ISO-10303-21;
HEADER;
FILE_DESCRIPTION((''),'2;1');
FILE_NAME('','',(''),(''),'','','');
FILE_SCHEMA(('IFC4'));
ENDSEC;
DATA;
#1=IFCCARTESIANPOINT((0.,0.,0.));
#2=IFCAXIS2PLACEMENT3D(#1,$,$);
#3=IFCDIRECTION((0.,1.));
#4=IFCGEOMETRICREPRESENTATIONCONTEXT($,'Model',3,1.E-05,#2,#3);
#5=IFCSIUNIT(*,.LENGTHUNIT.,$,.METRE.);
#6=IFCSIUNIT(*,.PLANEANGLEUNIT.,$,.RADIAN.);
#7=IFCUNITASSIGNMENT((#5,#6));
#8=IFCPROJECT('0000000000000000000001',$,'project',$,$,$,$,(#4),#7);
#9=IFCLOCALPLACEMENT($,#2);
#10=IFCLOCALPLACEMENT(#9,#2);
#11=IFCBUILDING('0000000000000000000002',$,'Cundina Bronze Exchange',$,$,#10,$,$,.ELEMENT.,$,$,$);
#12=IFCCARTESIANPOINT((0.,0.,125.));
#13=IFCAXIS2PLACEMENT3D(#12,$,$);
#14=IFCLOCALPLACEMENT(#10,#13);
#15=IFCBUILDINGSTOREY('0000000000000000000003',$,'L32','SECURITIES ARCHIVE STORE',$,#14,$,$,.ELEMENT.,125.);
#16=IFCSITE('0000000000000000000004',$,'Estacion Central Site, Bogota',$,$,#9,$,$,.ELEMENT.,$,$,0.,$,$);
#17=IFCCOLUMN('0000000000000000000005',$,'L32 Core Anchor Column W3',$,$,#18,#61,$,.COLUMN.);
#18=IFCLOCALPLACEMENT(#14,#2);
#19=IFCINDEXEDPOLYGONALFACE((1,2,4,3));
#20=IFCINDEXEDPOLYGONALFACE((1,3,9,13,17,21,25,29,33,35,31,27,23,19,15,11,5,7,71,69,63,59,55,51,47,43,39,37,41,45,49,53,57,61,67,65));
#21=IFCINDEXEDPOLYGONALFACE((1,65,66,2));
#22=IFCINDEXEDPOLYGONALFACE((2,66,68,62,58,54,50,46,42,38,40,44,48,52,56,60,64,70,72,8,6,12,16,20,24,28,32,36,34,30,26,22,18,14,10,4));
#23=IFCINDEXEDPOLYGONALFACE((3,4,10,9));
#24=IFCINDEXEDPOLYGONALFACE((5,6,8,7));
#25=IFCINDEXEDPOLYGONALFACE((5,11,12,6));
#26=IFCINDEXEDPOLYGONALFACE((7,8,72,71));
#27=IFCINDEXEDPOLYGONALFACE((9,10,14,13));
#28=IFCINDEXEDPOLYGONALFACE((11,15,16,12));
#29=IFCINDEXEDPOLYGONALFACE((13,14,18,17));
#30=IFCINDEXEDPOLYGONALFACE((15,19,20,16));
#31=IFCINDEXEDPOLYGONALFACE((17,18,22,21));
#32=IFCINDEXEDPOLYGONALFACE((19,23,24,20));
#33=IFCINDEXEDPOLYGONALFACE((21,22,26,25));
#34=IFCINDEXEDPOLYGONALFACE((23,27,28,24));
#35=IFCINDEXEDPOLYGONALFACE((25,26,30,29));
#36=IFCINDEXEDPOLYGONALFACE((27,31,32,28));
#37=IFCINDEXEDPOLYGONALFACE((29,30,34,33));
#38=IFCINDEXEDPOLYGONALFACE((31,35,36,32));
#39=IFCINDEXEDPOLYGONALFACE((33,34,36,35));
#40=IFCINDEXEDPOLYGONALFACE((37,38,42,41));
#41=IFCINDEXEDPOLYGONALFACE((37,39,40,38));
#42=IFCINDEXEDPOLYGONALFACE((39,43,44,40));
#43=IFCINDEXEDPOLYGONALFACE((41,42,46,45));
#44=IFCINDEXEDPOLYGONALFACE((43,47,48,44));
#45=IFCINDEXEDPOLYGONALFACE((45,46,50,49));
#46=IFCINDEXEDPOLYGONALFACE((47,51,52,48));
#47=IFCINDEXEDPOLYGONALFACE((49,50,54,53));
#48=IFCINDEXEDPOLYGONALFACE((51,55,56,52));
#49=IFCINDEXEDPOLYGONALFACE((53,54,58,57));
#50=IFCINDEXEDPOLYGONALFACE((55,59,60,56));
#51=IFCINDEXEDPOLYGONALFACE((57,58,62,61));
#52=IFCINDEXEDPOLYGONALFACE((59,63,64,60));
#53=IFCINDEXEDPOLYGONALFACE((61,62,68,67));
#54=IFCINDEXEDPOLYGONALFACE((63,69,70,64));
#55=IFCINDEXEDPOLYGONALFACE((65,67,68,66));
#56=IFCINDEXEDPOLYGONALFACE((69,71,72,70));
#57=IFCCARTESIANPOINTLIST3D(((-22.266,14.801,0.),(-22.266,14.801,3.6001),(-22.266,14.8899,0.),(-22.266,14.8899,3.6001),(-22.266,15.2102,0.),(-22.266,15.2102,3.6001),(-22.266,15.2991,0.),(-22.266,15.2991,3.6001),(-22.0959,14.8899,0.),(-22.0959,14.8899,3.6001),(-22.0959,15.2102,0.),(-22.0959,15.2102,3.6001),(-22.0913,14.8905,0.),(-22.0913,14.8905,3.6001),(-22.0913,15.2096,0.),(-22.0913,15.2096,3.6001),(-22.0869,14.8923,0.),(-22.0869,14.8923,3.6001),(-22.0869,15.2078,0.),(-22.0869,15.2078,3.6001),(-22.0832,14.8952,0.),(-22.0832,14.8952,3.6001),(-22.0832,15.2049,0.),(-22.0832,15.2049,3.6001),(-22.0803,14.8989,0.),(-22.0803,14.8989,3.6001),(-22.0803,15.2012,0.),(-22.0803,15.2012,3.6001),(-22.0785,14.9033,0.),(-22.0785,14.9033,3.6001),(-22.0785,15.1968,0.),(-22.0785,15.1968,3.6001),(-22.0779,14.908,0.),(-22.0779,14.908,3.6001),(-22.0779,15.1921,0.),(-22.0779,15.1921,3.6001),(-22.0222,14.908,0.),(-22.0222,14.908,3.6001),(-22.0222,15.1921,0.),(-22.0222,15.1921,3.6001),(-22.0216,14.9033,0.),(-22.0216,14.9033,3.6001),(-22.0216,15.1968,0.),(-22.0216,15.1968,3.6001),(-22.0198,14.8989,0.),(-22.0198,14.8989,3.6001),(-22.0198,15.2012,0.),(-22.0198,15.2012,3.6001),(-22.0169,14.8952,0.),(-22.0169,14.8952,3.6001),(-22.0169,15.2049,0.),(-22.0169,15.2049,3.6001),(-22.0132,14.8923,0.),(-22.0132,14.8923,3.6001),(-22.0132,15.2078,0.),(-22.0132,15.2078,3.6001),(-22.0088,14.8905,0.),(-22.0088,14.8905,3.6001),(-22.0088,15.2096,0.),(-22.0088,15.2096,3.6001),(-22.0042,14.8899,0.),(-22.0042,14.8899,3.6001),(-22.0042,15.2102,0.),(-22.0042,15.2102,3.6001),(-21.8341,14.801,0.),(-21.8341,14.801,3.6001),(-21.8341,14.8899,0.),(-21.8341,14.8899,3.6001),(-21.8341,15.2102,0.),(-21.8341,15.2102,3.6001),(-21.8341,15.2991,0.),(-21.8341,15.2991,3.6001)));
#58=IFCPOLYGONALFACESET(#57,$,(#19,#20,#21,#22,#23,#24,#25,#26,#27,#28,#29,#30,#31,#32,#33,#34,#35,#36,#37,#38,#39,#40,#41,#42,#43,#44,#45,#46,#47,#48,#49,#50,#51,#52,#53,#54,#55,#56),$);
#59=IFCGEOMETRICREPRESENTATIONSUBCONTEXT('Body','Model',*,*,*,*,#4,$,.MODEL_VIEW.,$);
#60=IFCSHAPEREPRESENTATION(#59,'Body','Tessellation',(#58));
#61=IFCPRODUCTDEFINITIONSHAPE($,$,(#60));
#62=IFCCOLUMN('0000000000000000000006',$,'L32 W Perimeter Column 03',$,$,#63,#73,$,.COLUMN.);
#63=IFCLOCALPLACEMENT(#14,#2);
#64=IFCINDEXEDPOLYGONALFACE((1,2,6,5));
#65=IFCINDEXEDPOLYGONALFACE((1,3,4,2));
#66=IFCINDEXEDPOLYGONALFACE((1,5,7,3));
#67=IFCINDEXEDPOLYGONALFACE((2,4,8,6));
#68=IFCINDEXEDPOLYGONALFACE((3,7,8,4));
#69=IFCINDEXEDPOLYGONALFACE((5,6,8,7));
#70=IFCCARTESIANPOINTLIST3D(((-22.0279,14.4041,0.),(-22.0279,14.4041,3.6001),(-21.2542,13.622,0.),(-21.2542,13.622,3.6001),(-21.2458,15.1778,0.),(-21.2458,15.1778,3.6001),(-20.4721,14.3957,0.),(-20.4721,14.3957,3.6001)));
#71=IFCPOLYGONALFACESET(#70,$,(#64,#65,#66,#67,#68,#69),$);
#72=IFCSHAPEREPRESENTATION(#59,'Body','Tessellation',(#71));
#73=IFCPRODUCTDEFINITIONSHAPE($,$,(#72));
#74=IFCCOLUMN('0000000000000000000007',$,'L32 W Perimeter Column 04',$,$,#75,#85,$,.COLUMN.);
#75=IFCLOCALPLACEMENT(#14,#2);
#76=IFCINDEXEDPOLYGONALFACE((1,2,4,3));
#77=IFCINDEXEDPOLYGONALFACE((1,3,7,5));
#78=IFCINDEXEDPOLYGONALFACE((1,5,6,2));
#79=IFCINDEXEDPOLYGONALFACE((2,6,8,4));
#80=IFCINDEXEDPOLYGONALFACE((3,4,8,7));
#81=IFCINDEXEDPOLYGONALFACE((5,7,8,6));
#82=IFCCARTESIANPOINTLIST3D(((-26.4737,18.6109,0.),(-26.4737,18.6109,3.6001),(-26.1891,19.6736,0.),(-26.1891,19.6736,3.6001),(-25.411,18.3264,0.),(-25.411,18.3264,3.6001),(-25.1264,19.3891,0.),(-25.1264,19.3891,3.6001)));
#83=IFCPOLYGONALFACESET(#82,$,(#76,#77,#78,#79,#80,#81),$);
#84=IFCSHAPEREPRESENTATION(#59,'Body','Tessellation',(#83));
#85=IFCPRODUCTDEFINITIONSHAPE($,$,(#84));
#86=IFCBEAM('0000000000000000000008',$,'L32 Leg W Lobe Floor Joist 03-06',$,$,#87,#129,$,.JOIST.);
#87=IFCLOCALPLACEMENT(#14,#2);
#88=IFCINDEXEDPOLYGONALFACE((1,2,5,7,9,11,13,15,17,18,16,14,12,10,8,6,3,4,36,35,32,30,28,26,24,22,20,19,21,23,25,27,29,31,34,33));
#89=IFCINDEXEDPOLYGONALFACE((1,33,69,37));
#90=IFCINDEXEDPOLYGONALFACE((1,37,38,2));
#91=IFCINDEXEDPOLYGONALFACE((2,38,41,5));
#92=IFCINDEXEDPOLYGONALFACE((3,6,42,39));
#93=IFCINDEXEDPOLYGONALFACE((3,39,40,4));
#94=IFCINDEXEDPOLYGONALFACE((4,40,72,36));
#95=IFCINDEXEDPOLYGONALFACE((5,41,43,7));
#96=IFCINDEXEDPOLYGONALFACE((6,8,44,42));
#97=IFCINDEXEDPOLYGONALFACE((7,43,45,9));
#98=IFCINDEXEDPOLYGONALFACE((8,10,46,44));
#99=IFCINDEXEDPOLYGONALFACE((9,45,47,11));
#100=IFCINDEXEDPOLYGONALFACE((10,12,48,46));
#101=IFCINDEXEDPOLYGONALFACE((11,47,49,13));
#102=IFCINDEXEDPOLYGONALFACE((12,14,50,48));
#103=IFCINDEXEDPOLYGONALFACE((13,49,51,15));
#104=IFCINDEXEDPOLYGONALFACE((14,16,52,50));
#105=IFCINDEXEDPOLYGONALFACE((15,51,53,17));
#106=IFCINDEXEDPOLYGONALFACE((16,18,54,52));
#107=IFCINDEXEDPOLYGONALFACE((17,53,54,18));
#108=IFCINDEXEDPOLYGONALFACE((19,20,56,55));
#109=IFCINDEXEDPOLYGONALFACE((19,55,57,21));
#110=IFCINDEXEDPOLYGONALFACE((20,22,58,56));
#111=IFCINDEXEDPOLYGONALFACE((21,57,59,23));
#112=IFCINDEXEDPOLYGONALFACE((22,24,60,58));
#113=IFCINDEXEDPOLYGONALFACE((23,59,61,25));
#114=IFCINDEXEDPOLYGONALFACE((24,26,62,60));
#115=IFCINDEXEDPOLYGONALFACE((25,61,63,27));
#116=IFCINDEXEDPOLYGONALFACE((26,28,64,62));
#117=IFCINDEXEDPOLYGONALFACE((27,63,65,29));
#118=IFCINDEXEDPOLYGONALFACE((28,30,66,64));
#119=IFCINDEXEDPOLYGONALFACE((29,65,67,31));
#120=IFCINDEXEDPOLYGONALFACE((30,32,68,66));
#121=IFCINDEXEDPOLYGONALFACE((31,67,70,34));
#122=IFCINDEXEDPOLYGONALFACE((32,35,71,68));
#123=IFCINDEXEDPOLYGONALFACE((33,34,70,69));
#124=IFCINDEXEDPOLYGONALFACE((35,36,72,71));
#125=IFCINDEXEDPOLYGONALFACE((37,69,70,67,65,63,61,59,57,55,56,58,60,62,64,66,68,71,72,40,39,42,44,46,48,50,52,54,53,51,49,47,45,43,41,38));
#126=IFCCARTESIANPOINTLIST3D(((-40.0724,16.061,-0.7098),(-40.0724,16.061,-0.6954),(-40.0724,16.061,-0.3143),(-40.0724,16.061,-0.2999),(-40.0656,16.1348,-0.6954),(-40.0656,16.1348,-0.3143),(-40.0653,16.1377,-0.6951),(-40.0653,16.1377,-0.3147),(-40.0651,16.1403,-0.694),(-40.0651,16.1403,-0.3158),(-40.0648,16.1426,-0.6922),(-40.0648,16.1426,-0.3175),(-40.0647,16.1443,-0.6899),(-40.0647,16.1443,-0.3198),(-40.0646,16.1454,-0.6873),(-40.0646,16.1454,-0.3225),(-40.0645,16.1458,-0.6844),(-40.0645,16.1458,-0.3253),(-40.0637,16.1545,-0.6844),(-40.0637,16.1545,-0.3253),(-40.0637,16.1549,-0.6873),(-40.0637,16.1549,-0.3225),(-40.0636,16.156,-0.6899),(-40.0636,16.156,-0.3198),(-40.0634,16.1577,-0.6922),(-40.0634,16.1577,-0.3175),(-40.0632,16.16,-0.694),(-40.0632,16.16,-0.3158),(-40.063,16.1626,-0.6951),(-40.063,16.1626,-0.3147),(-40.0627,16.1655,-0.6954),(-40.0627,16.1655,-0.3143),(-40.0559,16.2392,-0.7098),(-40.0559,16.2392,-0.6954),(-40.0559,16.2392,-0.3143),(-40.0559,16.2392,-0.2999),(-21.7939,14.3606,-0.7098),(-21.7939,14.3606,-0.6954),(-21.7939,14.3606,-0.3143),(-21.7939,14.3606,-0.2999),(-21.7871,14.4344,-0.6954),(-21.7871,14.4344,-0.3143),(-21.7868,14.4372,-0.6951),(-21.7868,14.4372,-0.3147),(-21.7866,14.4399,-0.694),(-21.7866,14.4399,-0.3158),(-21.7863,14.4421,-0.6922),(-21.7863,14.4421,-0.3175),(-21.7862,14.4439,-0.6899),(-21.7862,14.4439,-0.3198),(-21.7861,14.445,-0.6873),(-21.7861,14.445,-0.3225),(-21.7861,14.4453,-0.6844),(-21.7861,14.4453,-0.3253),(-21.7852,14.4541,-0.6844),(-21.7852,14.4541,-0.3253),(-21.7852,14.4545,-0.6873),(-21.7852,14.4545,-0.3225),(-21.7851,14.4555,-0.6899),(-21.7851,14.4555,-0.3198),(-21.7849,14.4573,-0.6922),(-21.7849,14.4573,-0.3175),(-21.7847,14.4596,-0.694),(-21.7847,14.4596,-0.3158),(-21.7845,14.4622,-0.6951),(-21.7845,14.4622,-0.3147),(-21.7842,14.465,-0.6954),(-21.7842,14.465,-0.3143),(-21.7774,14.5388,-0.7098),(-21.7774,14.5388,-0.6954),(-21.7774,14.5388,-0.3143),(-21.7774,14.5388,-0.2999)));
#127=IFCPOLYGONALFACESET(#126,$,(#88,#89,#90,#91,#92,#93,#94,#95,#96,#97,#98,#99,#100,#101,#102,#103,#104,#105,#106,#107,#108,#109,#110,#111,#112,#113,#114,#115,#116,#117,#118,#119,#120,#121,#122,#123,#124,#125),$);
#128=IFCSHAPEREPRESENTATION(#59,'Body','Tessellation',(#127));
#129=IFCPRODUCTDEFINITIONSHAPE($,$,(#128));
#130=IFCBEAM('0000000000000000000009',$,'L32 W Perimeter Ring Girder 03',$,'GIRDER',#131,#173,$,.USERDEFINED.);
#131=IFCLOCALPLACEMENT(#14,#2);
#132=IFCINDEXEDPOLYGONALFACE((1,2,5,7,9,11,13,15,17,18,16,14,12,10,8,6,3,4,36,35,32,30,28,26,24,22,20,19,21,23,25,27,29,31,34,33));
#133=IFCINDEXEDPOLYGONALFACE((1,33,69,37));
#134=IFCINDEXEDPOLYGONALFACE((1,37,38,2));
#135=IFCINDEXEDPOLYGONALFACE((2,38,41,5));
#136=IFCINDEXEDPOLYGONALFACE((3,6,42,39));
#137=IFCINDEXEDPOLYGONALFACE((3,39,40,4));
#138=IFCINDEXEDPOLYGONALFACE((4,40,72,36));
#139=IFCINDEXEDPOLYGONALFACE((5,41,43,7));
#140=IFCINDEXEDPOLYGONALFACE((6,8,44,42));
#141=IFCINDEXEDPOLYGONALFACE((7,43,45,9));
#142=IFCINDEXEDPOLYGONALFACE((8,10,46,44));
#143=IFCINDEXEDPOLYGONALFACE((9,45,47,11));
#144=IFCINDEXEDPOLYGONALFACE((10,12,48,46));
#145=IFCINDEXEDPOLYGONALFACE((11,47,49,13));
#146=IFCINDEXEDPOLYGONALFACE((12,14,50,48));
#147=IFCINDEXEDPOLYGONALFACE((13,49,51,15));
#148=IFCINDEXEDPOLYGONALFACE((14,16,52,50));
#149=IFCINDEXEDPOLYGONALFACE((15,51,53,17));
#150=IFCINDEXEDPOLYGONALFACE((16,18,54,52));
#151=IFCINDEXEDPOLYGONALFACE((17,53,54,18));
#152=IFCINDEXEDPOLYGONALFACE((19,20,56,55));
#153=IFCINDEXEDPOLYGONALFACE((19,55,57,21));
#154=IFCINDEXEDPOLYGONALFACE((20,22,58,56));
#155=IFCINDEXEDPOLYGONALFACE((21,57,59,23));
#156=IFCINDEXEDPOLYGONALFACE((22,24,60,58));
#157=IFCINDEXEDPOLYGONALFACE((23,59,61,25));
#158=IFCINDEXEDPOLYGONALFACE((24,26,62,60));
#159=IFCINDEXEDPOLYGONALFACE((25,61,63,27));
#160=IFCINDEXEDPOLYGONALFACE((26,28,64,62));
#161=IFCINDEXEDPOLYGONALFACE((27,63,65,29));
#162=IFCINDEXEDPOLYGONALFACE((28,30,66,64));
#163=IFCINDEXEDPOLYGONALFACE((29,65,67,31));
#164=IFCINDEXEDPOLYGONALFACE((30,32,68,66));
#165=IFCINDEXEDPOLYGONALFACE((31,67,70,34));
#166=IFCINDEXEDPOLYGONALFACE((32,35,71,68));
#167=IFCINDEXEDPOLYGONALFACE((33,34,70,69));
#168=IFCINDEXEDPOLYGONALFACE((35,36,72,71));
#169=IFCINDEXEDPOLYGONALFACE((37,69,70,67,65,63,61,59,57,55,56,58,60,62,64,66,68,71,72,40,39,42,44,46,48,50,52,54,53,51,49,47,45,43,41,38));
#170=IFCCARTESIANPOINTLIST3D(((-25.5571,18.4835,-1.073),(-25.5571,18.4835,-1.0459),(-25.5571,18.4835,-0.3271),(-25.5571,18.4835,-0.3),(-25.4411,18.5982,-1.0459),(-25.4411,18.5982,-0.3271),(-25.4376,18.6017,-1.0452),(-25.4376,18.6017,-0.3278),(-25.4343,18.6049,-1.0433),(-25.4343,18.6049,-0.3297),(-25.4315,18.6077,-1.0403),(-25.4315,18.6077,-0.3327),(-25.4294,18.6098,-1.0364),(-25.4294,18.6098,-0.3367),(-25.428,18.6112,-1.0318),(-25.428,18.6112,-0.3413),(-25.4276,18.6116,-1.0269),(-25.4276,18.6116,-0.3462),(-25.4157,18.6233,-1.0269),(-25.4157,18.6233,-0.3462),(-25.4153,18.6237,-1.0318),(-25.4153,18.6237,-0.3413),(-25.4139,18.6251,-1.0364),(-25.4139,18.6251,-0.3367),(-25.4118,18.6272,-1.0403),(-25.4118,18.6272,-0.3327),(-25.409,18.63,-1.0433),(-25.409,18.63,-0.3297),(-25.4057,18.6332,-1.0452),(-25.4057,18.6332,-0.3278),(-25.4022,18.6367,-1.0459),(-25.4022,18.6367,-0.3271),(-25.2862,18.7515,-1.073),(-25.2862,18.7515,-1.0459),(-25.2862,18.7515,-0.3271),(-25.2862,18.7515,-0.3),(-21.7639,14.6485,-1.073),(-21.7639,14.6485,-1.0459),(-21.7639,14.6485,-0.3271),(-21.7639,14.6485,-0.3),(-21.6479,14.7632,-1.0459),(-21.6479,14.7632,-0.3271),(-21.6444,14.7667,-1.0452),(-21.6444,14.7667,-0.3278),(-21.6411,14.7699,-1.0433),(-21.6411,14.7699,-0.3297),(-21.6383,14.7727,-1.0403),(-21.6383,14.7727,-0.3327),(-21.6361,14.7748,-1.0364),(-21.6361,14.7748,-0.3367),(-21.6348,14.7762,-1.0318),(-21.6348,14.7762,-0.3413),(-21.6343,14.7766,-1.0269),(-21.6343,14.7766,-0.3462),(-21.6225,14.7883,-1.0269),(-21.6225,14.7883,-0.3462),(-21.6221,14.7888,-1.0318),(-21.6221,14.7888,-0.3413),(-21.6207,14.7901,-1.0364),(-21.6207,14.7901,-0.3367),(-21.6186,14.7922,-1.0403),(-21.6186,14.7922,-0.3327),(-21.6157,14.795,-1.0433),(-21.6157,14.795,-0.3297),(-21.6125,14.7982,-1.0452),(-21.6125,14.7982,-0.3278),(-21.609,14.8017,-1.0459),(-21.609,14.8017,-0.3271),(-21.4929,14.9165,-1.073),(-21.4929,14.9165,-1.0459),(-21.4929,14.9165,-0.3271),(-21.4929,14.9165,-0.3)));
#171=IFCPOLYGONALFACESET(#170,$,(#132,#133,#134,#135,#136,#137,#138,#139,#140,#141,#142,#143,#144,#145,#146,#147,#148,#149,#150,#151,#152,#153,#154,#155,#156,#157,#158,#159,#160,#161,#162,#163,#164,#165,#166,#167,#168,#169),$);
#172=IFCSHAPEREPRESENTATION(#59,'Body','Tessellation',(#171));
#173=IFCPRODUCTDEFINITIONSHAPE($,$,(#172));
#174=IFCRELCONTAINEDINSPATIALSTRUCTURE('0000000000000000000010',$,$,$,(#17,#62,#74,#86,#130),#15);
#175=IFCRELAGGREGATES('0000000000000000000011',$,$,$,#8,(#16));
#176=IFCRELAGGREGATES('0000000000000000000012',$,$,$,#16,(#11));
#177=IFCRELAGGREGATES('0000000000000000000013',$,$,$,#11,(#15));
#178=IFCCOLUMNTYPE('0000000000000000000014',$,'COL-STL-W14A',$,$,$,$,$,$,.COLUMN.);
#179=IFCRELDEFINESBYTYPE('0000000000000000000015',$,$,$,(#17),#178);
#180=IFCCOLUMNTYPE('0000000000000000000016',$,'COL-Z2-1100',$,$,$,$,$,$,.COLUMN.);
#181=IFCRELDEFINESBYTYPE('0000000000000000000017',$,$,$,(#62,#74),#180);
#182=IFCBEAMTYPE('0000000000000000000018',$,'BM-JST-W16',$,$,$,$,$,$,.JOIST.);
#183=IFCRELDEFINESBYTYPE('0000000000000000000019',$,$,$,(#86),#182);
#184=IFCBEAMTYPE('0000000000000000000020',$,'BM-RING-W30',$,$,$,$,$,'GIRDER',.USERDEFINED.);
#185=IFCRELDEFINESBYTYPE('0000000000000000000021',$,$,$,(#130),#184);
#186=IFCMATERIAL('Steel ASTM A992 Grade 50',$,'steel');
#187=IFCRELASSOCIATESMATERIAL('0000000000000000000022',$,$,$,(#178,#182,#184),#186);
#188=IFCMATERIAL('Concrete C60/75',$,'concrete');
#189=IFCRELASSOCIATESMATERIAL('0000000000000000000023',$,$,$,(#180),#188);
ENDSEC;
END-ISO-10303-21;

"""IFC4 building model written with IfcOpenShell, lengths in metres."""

from ifc_helpers import new_model, si_unit, direction, frame, origin, origin_2d, place, context, subcontext, project, spatial, rectangle, i_section, extrude, material, material_profile, profile_set, type_object, element, save


model = new_model("IFC4")

# Units and contexts
model_context = context("Model", 3, precision=1e-05, world=origin(), true_north=direction((0.0, 1.0)))
body_context = subcontext(model_context, "Body", "Model", "MODEL_VIEW")
ifc_project = project(units=[si_unit("LENGTHUNIT", "METRE"), si_unit("PLANEANGLEUNIT", "RADIAN")], contexts=[model_context])

# Site, building, storey
site_placement = place(None, origin())
site = spatial("IfcSite", under=ifc_project, at=site_placement, Name="Estacion Central Site, Bogota", CompositionType="ELEMENT", RefElevation=0.0)
building_placement = place(site_placement, origin())
building = spatial("IfcBuilding", under=site, at=building_placement, Name="Cundina Bronze Exchange", CompositionType="ELEMENT")
storey_placement = place(building_placement, frame((0.0, 0.0, 125.0)))
storey = spatial("IfcBuildingStorey", under=building, at=storey_placement, Name="L32", Description="SECURITIES ARCHIVE STORE", CompositionType="ELEMENT", Elevation=125.0)

# Columns
ifc_material_1 = material(Name="Steel ASTM A992 Grade 50", Category="steel")
ifc_material_profile_1 = material_profile(ifc_material_1, i_section(OverallWidth=0.4319, OverallDepth=0.498, WebThickness=0.0557, FlangeThickness=0.0889, FilletRadius=0.0181, at=origin_2d()), Name="W14X500", Category="steel")
ifc_profile_set_1 = profile_set([ifc_material_profile_1], Name="Steel ASTM A992 Grade 50")
column_type_1 = type_object("IfcColumnType", Name="COL-STL-W14A", PredefinedType="COLUMN", material=ifc_profile_set_1)
column_placement = place(storey_placement, frame((-22.05, 15.05, 0.0), z_axis=(0.0, 0.0, 1.0), x_axis=(1.0, 0.0, 0.0)))
element("IfcColumn", 1, at=column_placement, inside=storey, type_object=column_type_1, Name="L32 Core Anchor Column W3", PredefinedType="COLUMN", context=body_context, shape_type="SweptSolid", body=[
    extrude(i_section(OverallWidth=0.4319, OverallDepth=0.498, WebThickness=0.0557, FlangeThickness=0.0889, FilletRadius=0.0181, at=origin_2d()), origin(), (0.0, 0.0, 1.0), 3.6001),
])
ifc_material_2 = material(Name="Concrete C60/75", Category="concrete")
ifc_material_profile_2 = material_profile(ifc_material_2, rectangle(XDim=1.1001, YDim=1.1001, at=origin_2d()), Name="RC1100X1100", Category="concrete")
ifc_profile_set_2 = profile_set([ifc_material_profile_2], Name="Concrete C60/75")
column_type_2 = type_object("IfcColumnType", Name="COL-Z2-1100", PredefinedType="COLUMN", material=ifc_profile_set_2)
for number, where, z_axis, x_axis, name in (
    (2, (-21.25, 14.3999, 0.0), (0.0, 0.0, 1.0), (-0.703271, 0.710922, 0.0), "L32 W Perimeter Column 03"),
    (3, (-25.8, 19.0, 0.0), (0.0, 0.0, 1.0), (-0.965971, 0.25865, 0.0), "L32 W Perimeter Column 04"),
):
    element("IfcColumn", number, at=place(storey_placement, frame(where, z_axis=z_axis, x_axis=x_axis)), inside=storey, type_object=column_type_2, Name=name, PredefinedType="COLUMN", context=body_context, shape_type="SweptSolid", body=[
        extrude(rectangle(XDim=1.1001, YDim=1.1001, at=origin_2d()), origin(), (0.0, 0.0, 1.0), 3.6001),
    ])

# Beams
ifc_material_profile_3 = material_profile(ifc_material_1, i_section(OverallWidth=0.179, OverallDepth=0.4099, WebThickness=0.0088, FlangeThickness=0.0144, FilletRadius=0.011, at=origin_2d()), Name="W16X45", Category="steel")
ifc_profile_set_3 = profile_set([ifc_material_profile_3], Name="Steel ASTM A992 Grade 50")
beam_type_1 = type_object("IfcBeamType", Name="BM-JST-W16", PredefinedType="JOIST", material=ifc_profile_set_3)
beam_1_placement = place(storey_placement, frame((-21.7856, 14.4497, -0.5049), z_axis=(-0.995701, 0.092629, 0.0), x_axis=(-0.092629, -0.995701, 0.0)))
element("IfcBeam", 4, at=beam_1_placement, inside=storey, type_object=beam_type_1, Name="L32 Leg W Lobe Floor Joist 03-06", PredefinedType="JOIST", context=body_context, shape_type="SweptSolid", body=[
    extrude(i_section(OverallWidth=0.179, OverallDepth=0.4099, WebThickness=0.0088, FlangeThickness=0.0144, FilletRadius=0.011, at=origin_2d()), origin(), (0.0, 0.0, 1.0), 18.3574),
])
ifc_material_profile_4 = material_profile(ifc_material_1, i_section(OverallWidth=0.3811, OverallDepth=0.7729, WebThickness=0.0166, FlangeThickness=0.0271, FilletRadius=0.019, at=origin_2d()), Name="W30X173", Category="steel")
ifc_profile_set_4 = profile_set([ifc_material_profile_4], Name="Steel ASTM A992 Grade 50")
beam_type_2 = type_object("IfcBeamType", Name="BM-RING-W30", ElementType="GIRDER", PredefinedType="USERDEFINED", material=ifc_profile_set_4)
beam_2_placement = place(storey_placement, frame((-21.6284, 14.7825, -0.6865), z_axis=(-0.703226, 0.710966, 0.0), x_axis=(-0.710966, -0.703226, 0.0)))
element("IfcBeam", 5, at=beam_2_placement, inside=storey, type_object=beam_type_2, Name="L32 W Perimeter Ring Girder 03", ObjectType="GIRDER", PredefinedType="USERDEFINED", context=body_context, shape_type="SweptSolid", body=[
    extrude(i_section(OverallWidth=0.3811, OverallDepth=0.7729, WebThickness=0.0166, FlangeThickness=0.0271, FilletRadius=0.019, at=origin_2d()), origin(), (0.0, 0.0, 1.0), 5.394),
])

save(model, "model.ifc")
